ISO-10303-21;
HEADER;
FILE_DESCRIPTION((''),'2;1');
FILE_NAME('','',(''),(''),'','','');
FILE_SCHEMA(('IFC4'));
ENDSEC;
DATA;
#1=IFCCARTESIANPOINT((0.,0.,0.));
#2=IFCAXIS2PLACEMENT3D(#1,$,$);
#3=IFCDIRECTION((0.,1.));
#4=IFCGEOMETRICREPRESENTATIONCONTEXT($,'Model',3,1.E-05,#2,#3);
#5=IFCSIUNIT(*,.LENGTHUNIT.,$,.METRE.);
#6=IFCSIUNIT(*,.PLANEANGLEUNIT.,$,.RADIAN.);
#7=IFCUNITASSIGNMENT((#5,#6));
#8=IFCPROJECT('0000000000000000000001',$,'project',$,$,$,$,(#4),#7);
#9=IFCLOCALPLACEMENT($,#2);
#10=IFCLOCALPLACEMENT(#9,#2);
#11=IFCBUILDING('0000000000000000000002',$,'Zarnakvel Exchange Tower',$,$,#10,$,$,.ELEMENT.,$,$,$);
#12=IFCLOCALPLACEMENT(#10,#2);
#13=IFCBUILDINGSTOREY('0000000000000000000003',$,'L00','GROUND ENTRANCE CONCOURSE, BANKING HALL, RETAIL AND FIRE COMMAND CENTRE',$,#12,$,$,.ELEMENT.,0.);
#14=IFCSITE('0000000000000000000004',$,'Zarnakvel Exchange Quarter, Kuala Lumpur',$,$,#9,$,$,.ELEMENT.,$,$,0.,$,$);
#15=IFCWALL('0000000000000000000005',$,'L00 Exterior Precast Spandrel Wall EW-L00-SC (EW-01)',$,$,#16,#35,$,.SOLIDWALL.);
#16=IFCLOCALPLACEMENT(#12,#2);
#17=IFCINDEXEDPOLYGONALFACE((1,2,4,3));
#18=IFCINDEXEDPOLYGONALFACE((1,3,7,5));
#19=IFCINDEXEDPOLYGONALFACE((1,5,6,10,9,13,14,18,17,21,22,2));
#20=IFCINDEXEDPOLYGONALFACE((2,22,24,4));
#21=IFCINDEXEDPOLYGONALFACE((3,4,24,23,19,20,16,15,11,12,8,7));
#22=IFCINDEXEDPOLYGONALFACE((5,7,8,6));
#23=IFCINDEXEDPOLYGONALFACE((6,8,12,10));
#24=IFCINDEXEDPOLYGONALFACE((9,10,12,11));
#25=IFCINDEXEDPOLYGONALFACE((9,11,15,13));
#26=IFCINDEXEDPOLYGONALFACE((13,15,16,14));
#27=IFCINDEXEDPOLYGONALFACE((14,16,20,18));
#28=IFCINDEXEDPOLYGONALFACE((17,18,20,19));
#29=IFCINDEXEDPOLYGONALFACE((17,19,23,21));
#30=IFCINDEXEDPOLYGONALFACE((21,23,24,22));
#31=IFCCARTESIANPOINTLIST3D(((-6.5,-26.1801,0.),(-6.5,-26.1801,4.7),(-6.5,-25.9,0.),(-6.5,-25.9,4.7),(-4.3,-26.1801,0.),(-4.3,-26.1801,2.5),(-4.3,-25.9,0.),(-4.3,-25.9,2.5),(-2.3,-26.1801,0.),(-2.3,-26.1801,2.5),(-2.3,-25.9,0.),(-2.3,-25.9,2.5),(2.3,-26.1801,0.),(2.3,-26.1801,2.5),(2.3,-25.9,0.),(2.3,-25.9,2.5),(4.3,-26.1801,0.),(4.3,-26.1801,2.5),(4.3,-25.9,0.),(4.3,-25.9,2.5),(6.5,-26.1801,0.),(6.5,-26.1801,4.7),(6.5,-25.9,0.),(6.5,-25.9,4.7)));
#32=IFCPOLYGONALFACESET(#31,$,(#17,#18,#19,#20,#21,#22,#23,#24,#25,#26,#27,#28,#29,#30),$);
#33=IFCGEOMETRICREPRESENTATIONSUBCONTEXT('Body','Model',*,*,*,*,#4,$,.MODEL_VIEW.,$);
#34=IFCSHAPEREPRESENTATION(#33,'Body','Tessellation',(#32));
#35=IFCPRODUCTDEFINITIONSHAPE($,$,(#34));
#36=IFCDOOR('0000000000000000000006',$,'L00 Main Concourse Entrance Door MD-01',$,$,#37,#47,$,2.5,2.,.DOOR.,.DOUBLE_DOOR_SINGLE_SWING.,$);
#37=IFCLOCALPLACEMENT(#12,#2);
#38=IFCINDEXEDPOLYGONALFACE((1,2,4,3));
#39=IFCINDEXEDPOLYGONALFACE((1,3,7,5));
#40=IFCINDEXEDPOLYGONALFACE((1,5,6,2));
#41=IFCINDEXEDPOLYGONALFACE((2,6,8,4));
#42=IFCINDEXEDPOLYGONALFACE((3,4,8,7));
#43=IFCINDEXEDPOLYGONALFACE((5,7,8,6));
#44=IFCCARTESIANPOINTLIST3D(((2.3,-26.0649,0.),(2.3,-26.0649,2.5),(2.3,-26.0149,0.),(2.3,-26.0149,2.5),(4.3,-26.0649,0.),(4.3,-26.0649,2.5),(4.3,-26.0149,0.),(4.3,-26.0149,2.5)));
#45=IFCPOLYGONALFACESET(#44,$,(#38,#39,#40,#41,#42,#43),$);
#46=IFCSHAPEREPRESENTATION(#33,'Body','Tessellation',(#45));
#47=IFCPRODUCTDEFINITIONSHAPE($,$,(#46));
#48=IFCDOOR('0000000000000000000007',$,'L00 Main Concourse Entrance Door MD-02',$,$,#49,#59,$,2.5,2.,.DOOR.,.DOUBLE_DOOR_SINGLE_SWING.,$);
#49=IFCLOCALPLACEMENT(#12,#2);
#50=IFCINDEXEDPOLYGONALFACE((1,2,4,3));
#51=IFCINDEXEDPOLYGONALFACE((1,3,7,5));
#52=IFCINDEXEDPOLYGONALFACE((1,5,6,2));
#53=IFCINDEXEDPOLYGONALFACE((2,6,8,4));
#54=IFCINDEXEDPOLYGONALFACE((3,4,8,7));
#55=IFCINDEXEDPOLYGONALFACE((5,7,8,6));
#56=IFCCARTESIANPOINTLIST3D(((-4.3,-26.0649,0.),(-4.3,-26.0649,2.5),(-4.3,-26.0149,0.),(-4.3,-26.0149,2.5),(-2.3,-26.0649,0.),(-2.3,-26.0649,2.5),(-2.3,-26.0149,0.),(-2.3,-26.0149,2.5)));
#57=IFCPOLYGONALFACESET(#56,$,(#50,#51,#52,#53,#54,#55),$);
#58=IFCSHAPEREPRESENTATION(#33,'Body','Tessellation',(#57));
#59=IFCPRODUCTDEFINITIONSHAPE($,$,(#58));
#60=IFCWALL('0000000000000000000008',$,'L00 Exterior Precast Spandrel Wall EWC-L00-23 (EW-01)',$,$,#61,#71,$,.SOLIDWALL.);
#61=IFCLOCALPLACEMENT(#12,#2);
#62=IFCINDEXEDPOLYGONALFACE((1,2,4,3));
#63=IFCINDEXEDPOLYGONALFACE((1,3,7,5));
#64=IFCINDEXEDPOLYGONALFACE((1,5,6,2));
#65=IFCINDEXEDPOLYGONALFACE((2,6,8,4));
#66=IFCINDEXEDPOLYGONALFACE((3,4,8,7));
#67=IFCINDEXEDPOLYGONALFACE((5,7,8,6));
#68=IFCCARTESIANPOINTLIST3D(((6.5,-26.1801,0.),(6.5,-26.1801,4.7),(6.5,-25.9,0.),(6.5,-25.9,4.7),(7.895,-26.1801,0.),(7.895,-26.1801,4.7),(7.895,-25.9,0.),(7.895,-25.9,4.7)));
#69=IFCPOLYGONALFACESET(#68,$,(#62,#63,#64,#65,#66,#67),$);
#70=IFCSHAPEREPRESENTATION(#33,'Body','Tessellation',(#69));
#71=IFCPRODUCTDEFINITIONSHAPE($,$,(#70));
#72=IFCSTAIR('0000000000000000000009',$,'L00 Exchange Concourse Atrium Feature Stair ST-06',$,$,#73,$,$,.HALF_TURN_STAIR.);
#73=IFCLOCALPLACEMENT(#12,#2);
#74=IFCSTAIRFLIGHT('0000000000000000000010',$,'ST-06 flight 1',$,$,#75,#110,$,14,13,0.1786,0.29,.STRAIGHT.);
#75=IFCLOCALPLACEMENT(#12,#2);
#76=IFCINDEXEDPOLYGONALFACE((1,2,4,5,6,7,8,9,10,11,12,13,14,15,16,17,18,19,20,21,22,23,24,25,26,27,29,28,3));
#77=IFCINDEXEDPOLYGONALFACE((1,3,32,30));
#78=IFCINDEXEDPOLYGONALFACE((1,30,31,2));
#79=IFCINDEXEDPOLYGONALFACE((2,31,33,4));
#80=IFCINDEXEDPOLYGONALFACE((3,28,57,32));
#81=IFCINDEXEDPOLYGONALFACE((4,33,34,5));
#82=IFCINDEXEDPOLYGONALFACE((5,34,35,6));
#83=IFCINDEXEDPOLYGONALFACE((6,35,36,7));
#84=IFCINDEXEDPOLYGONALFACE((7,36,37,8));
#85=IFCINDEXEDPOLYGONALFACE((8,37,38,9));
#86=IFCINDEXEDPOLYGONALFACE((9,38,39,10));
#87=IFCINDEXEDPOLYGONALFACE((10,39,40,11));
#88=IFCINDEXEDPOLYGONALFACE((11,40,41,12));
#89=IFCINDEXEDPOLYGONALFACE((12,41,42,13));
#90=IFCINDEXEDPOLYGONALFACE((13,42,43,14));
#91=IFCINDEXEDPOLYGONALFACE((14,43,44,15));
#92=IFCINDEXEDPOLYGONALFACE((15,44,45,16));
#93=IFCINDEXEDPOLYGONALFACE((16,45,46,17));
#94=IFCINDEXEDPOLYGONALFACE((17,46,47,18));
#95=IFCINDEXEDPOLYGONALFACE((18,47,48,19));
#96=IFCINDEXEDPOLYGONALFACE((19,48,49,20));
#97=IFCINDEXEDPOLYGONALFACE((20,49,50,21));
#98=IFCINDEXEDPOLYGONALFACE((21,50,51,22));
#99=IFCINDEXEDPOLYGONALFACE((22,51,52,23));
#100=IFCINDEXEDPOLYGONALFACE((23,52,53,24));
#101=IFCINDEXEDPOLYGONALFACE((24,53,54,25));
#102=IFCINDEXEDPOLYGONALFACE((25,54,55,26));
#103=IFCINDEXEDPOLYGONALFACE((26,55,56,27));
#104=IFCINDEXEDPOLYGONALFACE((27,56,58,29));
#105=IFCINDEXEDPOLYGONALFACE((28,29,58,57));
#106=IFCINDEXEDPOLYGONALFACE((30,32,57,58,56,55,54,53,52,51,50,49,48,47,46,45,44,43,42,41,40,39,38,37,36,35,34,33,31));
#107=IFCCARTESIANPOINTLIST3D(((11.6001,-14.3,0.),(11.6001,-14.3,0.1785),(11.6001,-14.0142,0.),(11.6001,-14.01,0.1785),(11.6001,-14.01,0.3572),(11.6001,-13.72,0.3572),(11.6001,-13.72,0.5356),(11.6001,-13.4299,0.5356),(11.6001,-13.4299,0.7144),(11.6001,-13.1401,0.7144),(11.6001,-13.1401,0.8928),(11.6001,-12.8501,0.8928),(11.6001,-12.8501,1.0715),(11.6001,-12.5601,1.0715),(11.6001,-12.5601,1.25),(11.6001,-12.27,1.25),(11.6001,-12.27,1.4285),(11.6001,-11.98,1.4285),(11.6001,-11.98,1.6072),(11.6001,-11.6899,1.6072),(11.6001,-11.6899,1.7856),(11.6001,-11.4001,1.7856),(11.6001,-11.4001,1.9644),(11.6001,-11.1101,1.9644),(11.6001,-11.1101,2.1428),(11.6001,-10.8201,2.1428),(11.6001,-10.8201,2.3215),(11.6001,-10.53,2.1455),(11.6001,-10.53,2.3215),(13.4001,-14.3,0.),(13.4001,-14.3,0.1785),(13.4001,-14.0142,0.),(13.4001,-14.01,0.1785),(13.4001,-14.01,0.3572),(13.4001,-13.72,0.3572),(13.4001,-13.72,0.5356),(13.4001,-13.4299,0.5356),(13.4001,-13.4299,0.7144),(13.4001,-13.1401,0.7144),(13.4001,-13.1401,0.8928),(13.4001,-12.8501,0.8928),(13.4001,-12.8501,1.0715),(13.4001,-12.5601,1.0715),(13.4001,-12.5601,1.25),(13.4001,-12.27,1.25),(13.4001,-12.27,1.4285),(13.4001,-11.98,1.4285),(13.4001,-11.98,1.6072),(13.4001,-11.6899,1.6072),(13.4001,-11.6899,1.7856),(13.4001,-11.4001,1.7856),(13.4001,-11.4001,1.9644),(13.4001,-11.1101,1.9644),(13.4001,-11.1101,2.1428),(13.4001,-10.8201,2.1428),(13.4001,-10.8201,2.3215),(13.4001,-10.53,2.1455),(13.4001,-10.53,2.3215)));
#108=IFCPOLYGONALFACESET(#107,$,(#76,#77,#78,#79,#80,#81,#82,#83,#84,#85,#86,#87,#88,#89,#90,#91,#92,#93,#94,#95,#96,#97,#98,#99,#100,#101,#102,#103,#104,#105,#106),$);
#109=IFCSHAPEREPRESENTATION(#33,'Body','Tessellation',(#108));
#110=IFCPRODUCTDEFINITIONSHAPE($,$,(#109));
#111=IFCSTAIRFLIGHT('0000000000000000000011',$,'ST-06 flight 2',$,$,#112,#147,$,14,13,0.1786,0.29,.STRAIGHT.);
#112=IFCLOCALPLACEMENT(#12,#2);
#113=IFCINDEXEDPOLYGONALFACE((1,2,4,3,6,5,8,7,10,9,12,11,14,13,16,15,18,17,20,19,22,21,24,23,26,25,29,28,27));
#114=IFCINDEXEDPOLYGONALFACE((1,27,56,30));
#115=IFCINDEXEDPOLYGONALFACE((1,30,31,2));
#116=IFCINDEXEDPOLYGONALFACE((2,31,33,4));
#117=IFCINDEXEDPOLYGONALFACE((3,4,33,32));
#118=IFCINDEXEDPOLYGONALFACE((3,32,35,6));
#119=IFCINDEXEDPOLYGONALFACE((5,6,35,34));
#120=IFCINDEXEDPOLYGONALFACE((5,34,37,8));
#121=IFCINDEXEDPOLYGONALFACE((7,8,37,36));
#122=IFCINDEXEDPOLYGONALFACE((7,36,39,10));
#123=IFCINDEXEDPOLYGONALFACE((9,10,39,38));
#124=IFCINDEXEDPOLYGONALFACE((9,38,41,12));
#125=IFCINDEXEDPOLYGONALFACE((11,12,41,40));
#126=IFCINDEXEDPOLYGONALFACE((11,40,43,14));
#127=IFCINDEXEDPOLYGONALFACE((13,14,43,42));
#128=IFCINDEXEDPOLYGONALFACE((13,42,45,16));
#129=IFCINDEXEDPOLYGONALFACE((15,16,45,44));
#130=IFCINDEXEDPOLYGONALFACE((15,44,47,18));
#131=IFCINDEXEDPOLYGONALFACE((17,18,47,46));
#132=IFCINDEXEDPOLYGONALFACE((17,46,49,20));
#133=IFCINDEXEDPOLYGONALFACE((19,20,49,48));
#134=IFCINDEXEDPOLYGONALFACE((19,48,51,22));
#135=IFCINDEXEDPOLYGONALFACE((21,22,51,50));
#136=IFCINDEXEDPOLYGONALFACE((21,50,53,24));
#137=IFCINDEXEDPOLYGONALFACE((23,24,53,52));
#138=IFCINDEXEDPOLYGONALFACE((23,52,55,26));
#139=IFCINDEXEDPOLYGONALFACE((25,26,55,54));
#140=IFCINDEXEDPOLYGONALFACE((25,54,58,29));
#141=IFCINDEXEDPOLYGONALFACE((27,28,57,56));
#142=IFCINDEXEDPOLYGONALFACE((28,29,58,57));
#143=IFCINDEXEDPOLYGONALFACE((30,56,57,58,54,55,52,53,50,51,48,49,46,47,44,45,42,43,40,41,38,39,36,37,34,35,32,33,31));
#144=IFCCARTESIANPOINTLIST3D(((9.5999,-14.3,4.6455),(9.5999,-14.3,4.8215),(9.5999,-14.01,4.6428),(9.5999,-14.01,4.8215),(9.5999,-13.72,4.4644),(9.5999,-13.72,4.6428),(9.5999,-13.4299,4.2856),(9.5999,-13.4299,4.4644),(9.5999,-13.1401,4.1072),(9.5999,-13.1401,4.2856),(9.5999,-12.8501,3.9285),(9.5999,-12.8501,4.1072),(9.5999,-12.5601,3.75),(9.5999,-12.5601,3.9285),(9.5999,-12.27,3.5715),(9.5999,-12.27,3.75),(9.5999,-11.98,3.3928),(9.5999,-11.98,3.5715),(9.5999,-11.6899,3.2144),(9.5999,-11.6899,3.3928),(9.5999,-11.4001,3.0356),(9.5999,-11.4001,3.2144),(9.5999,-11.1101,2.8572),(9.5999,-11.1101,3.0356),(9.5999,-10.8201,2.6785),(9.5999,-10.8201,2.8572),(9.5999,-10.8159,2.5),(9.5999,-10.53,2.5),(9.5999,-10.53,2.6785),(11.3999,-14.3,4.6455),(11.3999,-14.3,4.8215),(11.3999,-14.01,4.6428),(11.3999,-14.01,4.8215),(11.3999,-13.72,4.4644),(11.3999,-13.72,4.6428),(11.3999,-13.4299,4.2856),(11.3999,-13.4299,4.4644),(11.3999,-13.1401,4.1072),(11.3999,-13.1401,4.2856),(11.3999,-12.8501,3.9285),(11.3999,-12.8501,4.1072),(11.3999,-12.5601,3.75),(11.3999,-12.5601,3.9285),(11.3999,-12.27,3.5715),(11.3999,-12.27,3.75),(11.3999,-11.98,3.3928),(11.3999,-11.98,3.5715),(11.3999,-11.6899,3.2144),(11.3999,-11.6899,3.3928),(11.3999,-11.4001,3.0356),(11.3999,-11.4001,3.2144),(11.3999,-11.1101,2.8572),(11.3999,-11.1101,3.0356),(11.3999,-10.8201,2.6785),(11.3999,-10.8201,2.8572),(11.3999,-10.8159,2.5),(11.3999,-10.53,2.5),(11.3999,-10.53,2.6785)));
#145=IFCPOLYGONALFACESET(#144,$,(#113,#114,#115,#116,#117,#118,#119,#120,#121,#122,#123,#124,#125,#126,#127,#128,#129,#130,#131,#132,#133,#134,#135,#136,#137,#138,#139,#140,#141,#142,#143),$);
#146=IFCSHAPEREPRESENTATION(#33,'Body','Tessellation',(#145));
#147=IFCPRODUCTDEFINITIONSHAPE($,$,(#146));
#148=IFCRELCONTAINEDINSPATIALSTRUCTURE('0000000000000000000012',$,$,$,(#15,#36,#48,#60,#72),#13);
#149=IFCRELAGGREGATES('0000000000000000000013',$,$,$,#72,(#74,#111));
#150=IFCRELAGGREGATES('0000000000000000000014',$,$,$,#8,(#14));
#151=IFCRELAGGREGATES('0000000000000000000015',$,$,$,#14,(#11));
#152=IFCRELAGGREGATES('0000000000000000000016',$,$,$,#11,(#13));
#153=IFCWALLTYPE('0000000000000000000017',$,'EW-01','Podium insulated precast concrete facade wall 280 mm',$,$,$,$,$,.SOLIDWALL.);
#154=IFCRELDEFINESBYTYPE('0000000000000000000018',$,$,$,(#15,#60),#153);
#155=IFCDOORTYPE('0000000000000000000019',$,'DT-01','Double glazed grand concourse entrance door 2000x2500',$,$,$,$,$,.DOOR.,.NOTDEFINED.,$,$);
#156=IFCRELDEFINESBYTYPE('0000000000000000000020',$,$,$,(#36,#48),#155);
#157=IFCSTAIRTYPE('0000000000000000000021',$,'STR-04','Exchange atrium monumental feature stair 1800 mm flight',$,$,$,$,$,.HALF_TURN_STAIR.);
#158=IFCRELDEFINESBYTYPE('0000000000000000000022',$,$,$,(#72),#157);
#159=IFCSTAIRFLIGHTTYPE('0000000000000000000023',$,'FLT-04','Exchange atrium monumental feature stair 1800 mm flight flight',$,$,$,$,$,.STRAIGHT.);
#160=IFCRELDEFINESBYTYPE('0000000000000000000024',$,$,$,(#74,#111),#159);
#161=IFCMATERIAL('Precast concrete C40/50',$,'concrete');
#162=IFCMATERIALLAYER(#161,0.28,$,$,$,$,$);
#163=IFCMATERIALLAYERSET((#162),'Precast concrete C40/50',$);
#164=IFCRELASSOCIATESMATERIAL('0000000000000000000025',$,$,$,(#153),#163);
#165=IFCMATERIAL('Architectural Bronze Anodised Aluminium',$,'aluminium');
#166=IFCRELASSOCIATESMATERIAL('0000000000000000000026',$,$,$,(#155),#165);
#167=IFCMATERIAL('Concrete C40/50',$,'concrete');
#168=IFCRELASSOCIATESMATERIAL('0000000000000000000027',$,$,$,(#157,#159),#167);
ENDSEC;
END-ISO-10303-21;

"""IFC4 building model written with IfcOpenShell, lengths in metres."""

from ifc_helpers import new_model, si_unit, direction, frame, frame_2d, origin, place, context, subcontext, project, spatial, polyline, rectangle, outline, extrude, source, transform, mapped, material, layer, layer_set, type_object, element, fill, aggregate, save


model = new_model("IFC4")

# Units and contexts
model_context = context("Model", 3, precision=1e-05, world=origin(), true_north=direction((0.0, 1.0)))
body_context = subcontext(model_context, "Body", "Model", "MODEL_VIEW")
ifc_project = project(units=[si_unit("LENGTHUNIT", "METRE"), si_unit("PLANEANGLEUNIT", "RADIAN")], contexts=[model_context])

# Site, building, storey
site_placement = place(None, origin())
site = spatial("IfcSite", under=ifc_project, at=site_placement, Name="Zarnakvel Exchange Quarter, Kuala Lumpur", CompositionType="ELEMENT", RefElevation=0.0)
building_placement = place(site_placement, origin())
building = spatial("IfcBuilding", under=site, at=building_placement, Name="Zarnakvel Exchange Tower", CompositionType="ELEMENT")
storey_placement = place(building_placement, origin())
storey = spatial("IfcBuildingStorey", under=building, at=storey_placement, Name="L00", Description="GROUND ENTRANCE CONCOURSE, BANKING HALL, RETAIL AND FIRE COMMAND CENTRE", CompositionType="ELEMENT", Elevation=0.0)

# Shared definitions
ifc_material_1 = material(Name="Architectural Bronze Anodised Aluminium", Category="aluminium")

# Wall, openings, doors
ifc_material_2 = material(Name="Precast concrete C40/50", Category="concrete")
ifc_layer_1 = layer(ifc_material_2, 0.28)
ifc_layer_set_1 = layer_set([ifc_layer_1], Name="Precast concrete C40/50")
wall_type = type_object("IfcWallType", Name="EW-01", Description="Podium insulated precast concrete facade wall 280 mm", PredefinedType="SOLIDWALL", material=ifc_layer_set_1)
wall_1_placement = place(storey_placement, frame((6.5, -26.04, 0.0), z_axis=(0.0, 0.0, 1.0), x_axis=(-1.0, 0.0, 0.0)))
wall_1 = element("IfcWall", 1, at=wall_1_placement, inside=storey, type_object=wall_type, Name="L00 Exterior Precast Spandrel Wall EW-L00-SC (EW-01)", PredefinedType="SOLIDWALL", context=body_context, shape_type="SweptSolid", body=[
    extrude(rectangle(XDim=13.0, YDim=0.28, at=frame_2d((6.5, 0.0))), origin(), (0.0, 0.0, 1.0), 4.7),
])
opening_1_placement = place(wall_1_placement, frame((2.2, 0.0, 0.0)))
opening_1 = element("IfcOpeningElement", 2, at=opening_1_placement, cuts=wall_1, PredefinedType="OPENING", context=body_context, shape_type="SweptSolid", body=[
    extrude(rectangle(XDim=2.0, YDim=2.5, at=frame_2d((1.0, 1.25))), frame((0.0, 0.1499, 0.0), z_axis=(0.0, -1.0, 0.0), x_axis=(1.0, 0.0, 0.0)), (0.0, 0.0, 1.0), 0.3),
])
opening_2_placement = place(wall_1_placement, frame((8.8, 0.0, 0.0)))
opening_2 = element("IfcOpeningElement", 3, at=opening_2_placement, cuts=wall_1, PredefinedType="OPENING", context=body_context, shape_type="SweptSolid", body=[
    extrude(rectangle(XDim=2.0, YDim=2.5, at=frame_2d((1.0, 1.25))), frame((0.0, 0.1499, 0.0), z_axis=(0.0, -1.0, 0.0), x_axis=(1.0, 0.0, 0.0)), (0.0, 0.0, 1.0), 0.3),
])
door_type = type_object("IfcDoorType", Name="DT-01", Description="Double glazed grand concourse entrance door 2000x2500", OperationType="NOTDEFINED", PredefinedType="DOOR", material=ifc_material_1)
shared_shape_1 = source(origin(), body_context, "Body", "SweptSolid", [
    extrude(rectangle(XDim=2.0, YDim=2.5, at=frame_2d((1.0, 1.25))), frame((0.0, 0.0249, 0.0), z_axis=(0.0, -1.0, 0.0), x_axis=(1.0, 0.0, 0.0)), (0.0, 0.0, 1.0), 0.05),
])
door_1_placement = place(opening_1_placement, origin())
door_1 = element("IfcDoor", 4, at=door_1_placement, inside=storey, type_object=door_type, Name="L00 Main Concourse Entrance Door MD-01", OperationType="DOUBLE_DOOR_SINGLE_SWING", OverallHeight=2.5, OverallWidth=2.0, PredefinedType="DOOR", context=body_context, shape_type="MappedRepresentation", body=[
    mapped(shared_shape_1, transform((0.0, 0.0, 0.0), x_axis=(1.0, 0.0, 0.0), y_axis=(0.0, 1.0, 0.0), z_axis=(0.0, 0.0, 1.0), scale=1.0)),
])
fill(opening_1, door_1)
door_2_placement = place(opening_2_placement, origin())
door_2 = element("IfcDoor", 5, at=door_2_placement, inside=storey, type_object=door_type, Name="L00 Main Concourse Entrance Door MD-02", OperationType="DOUBLE_DOOR_SINGLE_SWING", OverallHeight=2.5, OverallWidth=2.0, PredefinedType="DOOR", context=body_context, shape_type="MappedRepresentation", body=[
    mapped(shared_shape_1, transform((0.0, 0.0, 0.0), x_axis=(1.0, 0.0, 0.0), y_axis=(0.0, 1.0, 0.0), z_axis=(0.0, 0.0, 1.0), scale=1.0)),
])
fill(opening_2, door_2)

# Wall
wall_2_placement = place(storey_placement, frame((6.5, -26.04, 0.0), z_axis=(0.0, 0.0, 1.0), x_axis=(1.0, 0.0, 0.0)))
element("IfcWall", 6, at=wall_2_placement, inside=storey, type_object=wall_type, Name="L00 Exterior Precast Spandrel Wall EWC-L00-23 (EW-01)", PredefinedType="SOLIDWALL", context=body_context, shape_type="SweptSolid", body=[
    extrude(rectangle(XDim=1.395, YDim=0.28, at=frame_2d((0.6975, 0.0))), origin(), (0.0, 0.0, 1.0), 4.7),
])

# Stair, stair flights
ifc_material_3 = material(Name="Concrete C40/50", Category="concrete")
stair_type = type_object("IfcStairType", Name="STR-04", Description="Exchange atrium monumental feature stair 1800 mm flight", PredefinedType="HALF_TURN_STAIR", material=ifc_material_3)
stair_placement = place(storey_placement, origin())
stair = element("IfcStair", 7, at=stair_placement, inside=storey, type_object=stair_type, Name="L00 Exchange Concourse Atrium Feature Stair ST-06", PredefinedType="HALF_TURN_STAIR")
stair_flight_type = type_object("IfcStairFlightType", Name="FLT-04", Description="Exchange atrium monumental feature stair 1800 mm flight flight", PredefinedType="STRAIGHT", material=ifc_material_3)
stair_flight_1_placement = place(storey_placement, frame((12.5, -14.3, 0.0), z_axis=(0.0, 0.0, 1.0), x_axis=(0.0, 1.0, 0.0)))
stair_flight_1 = element("IfcStairFlight", 8, at=stair_flight_1_placement, type_object=stair_flight_type, Name="ST-06 flight 1", NumberOfRisers=14, NumberOfTreads=13, PredefinedType="STRAIGHT", RiserHeight=0.1786, TreadLength=0.29, context=body_context, shape_type="SweptSolid", body=[
    extrude(outline(polyline([(0.0, 0.0), (0.0, 0.1785), (0.29, 0.1785), (0.29, 0.3572), (0.5801, 0.3572), (0.5801, 0.5356), (0.8701, 0.5356), (0.8701, 0.7144), (1.1599, 0.7144), (1.1599, 0.8928), (1.45, 0.8928), (1.45, 1.0715), (1.74, 1.0715), (1.74, 1.25), (2.03, 1.25), (2.03, 1.4285), (2.3201, 1.4285), (2.3201, 1.6072), (2.6101, 1.6072), (2.6101, 1.7856), (2.8999, 1.7856), (2.8999, 1.9644), (3.1899, 1.9644), (3.1899, 2.1428), (3.48, 2.1428), (3.48, 2.3215), (3.77, 2.3215), (3.77, 2.5), (3.77, 2.1455), (0.2859, 0.0), (0.0, 0.0)])), frame((0.0, 0.8999, 0.0), z_axis=(0.0, -1.0, 0.0), x_axis=(1.0, 0.0, 0.0)), (0.0, 0.0, 1.0), 1.8),
])
stair_flight_2_placement = place(storey_placement, frame((10.5, -10.53, 2.5), z_axis=(0.0, 0.0, 1.0), x_axis=(0.0, -1.0, 0.0)))
stair_flight_2 = element("IfcStairFlight", 9, at=stair_flight_2_placement, type_object=stair_flight_type, Name="ST-06 flight 2", NumberOfRisers=14, NumberOfTreads=13, PredefinedType="STRAIGHT", RiserHeight=0.1786, TreadLength=0.29, context=body_context, shape_type="SweptSolid", body=[
    extrude(outline(polyline([(0.0, 0.0), (0.0, 0.1785), (0.29, 0.1785), (0.29, 0.3572), (0.5801, 0.3572), (0.5801, 0.5356), (0.8701, 0.5356), (0.8701, 0.7144), (1.1599, 0.7144), (1.1599, 0.8928), (1.45, 0.8928), (1.45, 1.0715), (1.74, 1.0715), (1.74, 1.25), (2.03, 1.25), (2.03, 1.4285), (2.3201, 1.4285), (2.3201, 1.6072), (2.6101, 1.6072), (2.6101, 1.7856), (2.8999, 1.7856), (2.8999, 1.9644), (3.1899, 1.9644), (3.1899, 2.1428), (3.48, 2.1428), (3.48, 2.3215), (3.77, 2.3215), (3.77, 2.5), (3.77, 2.1455), (0.2859, 0.0), (0.0, 0.0)])), frame((0.0, 0.8999, 0.0), z_axis=(0.0, -1.0, 0.0), x_axis=(1.0, 0.0, 0.0)), (0.0, 0.0, 1.0), 1.8),
])
aggregate(stair, [stair_flight_1, stair_flight_2])

save(model, "model.ifc")
